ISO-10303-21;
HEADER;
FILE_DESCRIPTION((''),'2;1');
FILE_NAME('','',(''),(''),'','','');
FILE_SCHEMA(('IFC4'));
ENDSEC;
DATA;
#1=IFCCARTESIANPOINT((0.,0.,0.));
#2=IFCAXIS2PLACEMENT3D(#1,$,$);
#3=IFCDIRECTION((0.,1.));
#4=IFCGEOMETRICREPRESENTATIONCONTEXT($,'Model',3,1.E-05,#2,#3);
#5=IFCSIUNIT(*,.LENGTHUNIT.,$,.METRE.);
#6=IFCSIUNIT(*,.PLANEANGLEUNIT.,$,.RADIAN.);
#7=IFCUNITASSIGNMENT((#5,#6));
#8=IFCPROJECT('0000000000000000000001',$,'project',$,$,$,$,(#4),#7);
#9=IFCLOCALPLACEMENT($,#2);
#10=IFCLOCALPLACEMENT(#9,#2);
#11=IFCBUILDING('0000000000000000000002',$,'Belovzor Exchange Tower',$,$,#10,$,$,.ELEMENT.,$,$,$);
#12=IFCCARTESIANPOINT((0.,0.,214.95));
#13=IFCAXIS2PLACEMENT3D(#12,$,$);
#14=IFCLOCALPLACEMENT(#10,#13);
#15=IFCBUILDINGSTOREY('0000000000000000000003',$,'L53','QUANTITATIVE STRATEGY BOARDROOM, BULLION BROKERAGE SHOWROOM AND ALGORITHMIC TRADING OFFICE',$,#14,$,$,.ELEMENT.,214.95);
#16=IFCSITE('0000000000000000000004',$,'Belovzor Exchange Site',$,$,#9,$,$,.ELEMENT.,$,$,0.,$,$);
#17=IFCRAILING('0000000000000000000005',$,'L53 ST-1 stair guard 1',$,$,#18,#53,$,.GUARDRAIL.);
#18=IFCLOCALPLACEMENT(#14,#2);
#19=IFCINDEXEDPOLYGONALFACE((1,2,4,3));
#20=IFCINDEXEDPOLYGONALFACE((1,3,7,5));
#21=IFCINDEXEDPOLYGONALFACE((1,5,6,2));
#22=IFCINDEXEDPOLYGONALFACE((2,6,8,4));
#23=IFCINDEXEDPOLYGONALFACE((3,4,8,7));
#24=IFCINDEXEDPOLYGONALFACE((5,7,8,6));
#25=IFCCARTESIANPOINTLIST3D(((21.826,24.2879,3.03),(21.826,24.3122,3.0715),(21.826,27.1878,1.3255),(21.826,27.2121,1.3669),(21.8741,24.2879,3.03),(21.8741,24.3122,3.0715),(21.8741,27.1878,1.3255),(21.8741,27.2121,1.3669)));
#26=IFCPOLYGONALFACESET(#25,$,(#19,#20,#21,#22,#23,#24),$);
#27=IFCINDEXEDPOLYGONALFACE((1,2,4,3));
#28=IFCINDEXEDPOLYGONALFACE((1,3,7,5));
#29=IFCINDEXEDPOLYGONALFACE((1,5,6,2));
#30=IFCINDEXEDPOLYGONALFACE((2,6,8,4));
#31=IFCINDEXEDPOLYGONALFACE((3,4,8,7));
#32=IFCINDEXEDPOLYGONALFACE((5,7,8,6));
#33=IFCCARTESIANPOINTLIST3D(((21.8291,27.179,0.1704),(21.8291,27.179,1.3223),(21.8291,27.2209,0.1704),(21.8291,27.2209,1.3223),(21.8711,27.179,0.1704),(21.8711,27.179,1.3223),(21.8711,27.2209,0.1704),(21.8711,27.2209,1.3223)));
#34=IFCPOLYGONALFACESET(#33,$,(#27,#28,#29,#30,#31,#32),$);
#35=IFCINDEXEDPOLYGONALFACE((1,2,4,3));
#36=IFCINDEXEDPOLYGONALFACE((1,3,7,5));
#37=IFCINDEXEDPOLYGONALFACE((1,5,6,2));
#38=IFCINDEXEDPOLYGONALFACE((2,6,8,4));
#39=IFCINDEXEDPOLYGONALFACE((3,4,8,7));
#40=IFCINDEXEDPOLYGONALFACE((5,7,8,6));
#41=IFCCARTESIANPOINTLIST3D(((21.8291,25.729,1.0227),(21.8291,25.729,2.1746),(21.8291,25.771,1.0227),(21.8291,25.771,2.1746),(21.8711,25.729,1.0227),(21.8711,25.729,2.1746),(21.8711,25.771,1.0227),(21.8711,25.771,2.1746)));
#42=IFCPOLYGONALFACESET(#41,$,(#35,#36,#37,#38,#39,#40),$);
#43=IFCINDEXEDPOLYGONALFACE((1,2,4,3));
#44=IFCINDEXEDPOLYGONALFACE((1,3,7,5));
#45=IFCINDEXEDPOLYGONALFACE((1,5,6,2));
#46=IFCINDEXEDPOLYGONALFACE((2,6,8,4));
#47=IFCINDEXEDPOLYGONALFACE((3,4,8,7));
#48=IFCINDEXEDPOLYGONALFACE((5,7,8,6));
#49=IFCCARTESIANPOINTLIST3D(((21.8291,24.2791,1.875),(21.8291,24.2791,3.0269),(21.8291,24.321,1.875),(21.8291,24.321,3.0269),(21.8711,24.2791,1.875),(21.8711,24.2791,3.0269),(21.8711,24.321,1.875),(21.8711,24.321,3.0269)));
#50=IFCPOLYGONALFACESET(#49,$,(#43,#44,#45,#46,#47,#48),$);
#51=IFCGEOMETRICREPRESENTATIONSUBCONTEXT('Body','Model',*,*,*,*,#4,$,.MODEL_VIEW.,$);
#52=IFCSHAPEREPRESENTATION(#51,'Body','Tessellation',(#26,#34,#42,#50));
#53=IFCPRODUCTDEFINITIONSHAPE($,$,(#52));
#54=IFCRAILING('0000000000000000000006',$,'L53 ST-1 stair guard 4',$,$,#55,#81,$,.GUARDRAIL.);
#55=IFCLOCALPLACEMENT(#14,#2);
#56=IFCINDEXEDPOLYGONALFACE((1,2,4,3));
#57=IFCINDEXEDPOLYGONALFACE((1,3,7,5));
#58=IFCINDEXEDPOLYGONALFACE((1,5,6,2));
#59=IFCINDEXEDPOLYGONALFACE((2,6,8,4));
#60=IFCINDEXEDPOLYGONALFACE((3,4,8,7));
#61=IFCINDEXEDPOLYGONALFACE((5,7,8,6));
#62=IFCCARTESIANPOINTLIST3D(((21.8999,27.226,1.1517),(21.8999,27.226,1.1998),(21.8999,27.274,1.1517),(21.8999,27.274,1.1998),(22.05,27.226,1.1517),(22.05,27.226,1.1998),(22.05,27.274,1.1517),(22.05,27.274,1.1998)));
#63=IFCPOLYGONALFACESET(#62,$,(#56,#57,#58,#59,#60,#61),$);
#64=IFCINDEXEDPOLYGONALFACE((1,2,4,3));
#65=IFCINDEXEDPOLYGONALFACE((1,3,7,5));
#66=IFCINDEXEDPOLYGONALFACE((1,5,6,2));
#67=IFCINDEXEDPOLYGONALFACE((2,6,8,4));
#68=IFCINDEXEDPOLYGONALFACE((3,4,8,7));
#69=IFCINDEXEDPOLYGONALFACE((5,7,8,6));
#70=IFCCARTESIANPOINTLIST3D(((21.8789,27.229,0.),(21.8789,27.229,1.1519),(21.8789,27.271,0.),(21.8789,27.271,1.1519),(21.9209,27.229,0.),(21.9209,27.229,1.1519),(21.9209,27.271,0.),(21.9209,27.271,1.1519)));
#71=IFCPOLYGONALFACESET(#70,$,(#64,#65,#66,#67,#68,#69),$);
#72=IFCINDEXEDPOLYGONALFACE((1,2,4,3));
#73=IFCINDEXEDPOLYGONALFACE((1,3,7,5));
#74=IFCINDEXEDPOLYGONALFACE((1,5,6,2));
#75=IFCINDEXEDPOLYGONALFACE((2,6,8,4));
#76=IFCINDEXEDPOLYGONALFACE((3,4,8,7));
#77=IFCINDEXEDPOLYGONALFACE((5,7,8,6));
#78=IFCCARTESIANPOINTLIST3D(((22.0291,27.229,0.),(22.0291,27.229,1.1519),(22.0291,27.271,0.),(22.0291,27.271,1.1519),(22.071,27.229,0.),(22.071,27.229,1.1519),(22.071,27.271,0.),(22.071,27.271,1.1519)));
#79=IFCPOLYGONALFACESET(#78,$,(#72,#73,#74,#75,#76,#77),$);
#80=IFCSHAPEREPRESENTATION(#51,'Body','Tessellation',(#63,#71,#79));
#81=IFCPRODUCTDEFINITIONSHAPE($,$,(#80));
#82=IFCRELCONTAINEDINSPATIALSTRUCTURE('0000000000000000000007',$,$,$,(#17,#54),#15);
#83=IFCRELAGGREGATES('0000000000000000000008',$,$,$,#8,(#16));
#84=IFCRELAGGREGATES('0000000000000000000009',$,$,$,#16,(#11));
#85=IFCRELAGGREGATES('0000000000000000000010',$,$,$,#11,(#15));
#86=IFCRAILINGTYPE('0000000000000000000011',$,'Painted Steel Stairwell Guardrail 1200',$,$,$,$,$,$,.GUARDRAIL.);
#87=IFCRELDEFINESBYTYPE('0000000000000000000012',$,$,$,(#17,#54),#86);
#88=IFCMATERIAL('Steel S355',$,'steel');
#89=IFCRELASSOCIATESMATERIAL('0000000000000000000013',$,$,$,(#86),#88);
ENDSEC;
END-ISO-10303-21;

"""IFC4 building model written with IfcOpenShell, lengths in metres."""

from ifc_helpers import new_model, si_unit, direction, frame, origin, origin_2d, place, context, subcontext, project, spatial, rectangle, extrude, material, type_object, element, save


model = new_model("IFC4")

# Units and contexts
model_context = context("Model", 3, precision=1e-05, world=origin(), true_north=direction((0.0, 1.0)))
body_context = subcontext(model_context, "Body", "Model", "MODEL_VIEW")
ifc_project = project(units=[si_unit("LENGTHUNIT", "METRE"), si_unit("PLANEANGLEUNIT", "RADIAN")], contexts=[model_context])

# Site, building, storey
site_placement = place(None, origin())
site = spatial("IfcSite", under=ifc_project, at=site_placement, Name="Belovzor Exchange Site", CompositionType="ELEMENT", RefElevation=0.0)
building_placement = place(site_placement, origin())
building = spatial("IfcBuilding", under=site, at=building_placement, Name="Belovzor Exchange Tower", CompositionType="ELEMENT")
storey_placement = place(building_placement, frame((0.0, 0.0, 214.95)))
storey = spatial("IfcBuildingStorey", under=building, at=storey_placement, Name="L53", Description="QUANTITATIVE STRATEGY BOARDROOM, BULLION BROKERAGE SHOWROOM AND ALGORITHMIC TRADING OFFICE", CompositionType="ELEMENT", Elevation=214.95)

# Railings
ifc_material_1 = material(Name="Steel S355", Category="steel")
railing_type_1 = type_object("IfcRailingType", Name="Painted Steel Stairwell Guardrail 1200", PredefinedType="GUARDRAIL", material=ifc_material_1)
railing_1_placement = place(storey_placement, frame((21.8501, 27.2, 0.1704)))
element("IfcRailing", 1, at=railing_1_placement, inside=storey, type_object=railing_type_1, Name="L53 ST-1 stair guard 1", PredefinedType="GUARDRAIL", context=body_context, shape_type="SweptSolid", body=[
    extrude(rectangle(XDim=0.0481, YDim=0.0481, at=origin_2d()), frame((0.0, 0.0, 1.1758), z_axis=(0.0, -0.862095, 0.506747), x_axis=(1.0, 0.0, 0.0)), (0.0, 0.0, 1.0), 3.3638),
    extrude(rectangle(XDim=0.042, YDim=0.042, at=origin_2d()), origin(), (0.0, 0.0, 1.0), 1.1519),
    extrude(rectangle(XDim=0.042, YDim=0.042, at=origin_2d()), frame((0.0, -1.45, 0.8523)), (0.0, 0.0, 1.0), 1.1519),
    extrude(rectangle(XDim=0.042, YDim=0.042, at=origin_2d()), frame((0.0, -2.8999, 1.7046)), (0.0, 0.0, 1.0), 1.1519),
])
railing_2_placement = place(storey_placement, frame((21.8999, 27.25, 0.0)))
element("IfcRailing", 2, at=railing_2_placement, inside=storey, type_object=railing_type_1, Name="L53 ST-1 stair guard 4", PredefinedType="GUARDRAIL", context=body_context, shape_type="SweptSolid", body=[
    extrude(rectangle(XDim=0.0481, YDim=0.0481, at=origin_2d()), frame((0.0, 0.0, 1.1758), z_axis=(1.0, 0.0, 0.0), x_axis=(0.0, 1.0, 0.0)), (0.0, 0.0, 1.0), 0.1501),
    extrude(rectangle(XDim=0.042, YDim=0.042, at=origin_2d()), origin(), (0.0, 0.0, 1.0), 1.1519),
    extrude(rectangle(XDim=0.042, YDim=0.042, at=origin_2d()), frame((0.1501, 0.0, 0.0)), (0.0, 0.0, 1.0), 1.1519),
])

save(model, "model.ifc")
